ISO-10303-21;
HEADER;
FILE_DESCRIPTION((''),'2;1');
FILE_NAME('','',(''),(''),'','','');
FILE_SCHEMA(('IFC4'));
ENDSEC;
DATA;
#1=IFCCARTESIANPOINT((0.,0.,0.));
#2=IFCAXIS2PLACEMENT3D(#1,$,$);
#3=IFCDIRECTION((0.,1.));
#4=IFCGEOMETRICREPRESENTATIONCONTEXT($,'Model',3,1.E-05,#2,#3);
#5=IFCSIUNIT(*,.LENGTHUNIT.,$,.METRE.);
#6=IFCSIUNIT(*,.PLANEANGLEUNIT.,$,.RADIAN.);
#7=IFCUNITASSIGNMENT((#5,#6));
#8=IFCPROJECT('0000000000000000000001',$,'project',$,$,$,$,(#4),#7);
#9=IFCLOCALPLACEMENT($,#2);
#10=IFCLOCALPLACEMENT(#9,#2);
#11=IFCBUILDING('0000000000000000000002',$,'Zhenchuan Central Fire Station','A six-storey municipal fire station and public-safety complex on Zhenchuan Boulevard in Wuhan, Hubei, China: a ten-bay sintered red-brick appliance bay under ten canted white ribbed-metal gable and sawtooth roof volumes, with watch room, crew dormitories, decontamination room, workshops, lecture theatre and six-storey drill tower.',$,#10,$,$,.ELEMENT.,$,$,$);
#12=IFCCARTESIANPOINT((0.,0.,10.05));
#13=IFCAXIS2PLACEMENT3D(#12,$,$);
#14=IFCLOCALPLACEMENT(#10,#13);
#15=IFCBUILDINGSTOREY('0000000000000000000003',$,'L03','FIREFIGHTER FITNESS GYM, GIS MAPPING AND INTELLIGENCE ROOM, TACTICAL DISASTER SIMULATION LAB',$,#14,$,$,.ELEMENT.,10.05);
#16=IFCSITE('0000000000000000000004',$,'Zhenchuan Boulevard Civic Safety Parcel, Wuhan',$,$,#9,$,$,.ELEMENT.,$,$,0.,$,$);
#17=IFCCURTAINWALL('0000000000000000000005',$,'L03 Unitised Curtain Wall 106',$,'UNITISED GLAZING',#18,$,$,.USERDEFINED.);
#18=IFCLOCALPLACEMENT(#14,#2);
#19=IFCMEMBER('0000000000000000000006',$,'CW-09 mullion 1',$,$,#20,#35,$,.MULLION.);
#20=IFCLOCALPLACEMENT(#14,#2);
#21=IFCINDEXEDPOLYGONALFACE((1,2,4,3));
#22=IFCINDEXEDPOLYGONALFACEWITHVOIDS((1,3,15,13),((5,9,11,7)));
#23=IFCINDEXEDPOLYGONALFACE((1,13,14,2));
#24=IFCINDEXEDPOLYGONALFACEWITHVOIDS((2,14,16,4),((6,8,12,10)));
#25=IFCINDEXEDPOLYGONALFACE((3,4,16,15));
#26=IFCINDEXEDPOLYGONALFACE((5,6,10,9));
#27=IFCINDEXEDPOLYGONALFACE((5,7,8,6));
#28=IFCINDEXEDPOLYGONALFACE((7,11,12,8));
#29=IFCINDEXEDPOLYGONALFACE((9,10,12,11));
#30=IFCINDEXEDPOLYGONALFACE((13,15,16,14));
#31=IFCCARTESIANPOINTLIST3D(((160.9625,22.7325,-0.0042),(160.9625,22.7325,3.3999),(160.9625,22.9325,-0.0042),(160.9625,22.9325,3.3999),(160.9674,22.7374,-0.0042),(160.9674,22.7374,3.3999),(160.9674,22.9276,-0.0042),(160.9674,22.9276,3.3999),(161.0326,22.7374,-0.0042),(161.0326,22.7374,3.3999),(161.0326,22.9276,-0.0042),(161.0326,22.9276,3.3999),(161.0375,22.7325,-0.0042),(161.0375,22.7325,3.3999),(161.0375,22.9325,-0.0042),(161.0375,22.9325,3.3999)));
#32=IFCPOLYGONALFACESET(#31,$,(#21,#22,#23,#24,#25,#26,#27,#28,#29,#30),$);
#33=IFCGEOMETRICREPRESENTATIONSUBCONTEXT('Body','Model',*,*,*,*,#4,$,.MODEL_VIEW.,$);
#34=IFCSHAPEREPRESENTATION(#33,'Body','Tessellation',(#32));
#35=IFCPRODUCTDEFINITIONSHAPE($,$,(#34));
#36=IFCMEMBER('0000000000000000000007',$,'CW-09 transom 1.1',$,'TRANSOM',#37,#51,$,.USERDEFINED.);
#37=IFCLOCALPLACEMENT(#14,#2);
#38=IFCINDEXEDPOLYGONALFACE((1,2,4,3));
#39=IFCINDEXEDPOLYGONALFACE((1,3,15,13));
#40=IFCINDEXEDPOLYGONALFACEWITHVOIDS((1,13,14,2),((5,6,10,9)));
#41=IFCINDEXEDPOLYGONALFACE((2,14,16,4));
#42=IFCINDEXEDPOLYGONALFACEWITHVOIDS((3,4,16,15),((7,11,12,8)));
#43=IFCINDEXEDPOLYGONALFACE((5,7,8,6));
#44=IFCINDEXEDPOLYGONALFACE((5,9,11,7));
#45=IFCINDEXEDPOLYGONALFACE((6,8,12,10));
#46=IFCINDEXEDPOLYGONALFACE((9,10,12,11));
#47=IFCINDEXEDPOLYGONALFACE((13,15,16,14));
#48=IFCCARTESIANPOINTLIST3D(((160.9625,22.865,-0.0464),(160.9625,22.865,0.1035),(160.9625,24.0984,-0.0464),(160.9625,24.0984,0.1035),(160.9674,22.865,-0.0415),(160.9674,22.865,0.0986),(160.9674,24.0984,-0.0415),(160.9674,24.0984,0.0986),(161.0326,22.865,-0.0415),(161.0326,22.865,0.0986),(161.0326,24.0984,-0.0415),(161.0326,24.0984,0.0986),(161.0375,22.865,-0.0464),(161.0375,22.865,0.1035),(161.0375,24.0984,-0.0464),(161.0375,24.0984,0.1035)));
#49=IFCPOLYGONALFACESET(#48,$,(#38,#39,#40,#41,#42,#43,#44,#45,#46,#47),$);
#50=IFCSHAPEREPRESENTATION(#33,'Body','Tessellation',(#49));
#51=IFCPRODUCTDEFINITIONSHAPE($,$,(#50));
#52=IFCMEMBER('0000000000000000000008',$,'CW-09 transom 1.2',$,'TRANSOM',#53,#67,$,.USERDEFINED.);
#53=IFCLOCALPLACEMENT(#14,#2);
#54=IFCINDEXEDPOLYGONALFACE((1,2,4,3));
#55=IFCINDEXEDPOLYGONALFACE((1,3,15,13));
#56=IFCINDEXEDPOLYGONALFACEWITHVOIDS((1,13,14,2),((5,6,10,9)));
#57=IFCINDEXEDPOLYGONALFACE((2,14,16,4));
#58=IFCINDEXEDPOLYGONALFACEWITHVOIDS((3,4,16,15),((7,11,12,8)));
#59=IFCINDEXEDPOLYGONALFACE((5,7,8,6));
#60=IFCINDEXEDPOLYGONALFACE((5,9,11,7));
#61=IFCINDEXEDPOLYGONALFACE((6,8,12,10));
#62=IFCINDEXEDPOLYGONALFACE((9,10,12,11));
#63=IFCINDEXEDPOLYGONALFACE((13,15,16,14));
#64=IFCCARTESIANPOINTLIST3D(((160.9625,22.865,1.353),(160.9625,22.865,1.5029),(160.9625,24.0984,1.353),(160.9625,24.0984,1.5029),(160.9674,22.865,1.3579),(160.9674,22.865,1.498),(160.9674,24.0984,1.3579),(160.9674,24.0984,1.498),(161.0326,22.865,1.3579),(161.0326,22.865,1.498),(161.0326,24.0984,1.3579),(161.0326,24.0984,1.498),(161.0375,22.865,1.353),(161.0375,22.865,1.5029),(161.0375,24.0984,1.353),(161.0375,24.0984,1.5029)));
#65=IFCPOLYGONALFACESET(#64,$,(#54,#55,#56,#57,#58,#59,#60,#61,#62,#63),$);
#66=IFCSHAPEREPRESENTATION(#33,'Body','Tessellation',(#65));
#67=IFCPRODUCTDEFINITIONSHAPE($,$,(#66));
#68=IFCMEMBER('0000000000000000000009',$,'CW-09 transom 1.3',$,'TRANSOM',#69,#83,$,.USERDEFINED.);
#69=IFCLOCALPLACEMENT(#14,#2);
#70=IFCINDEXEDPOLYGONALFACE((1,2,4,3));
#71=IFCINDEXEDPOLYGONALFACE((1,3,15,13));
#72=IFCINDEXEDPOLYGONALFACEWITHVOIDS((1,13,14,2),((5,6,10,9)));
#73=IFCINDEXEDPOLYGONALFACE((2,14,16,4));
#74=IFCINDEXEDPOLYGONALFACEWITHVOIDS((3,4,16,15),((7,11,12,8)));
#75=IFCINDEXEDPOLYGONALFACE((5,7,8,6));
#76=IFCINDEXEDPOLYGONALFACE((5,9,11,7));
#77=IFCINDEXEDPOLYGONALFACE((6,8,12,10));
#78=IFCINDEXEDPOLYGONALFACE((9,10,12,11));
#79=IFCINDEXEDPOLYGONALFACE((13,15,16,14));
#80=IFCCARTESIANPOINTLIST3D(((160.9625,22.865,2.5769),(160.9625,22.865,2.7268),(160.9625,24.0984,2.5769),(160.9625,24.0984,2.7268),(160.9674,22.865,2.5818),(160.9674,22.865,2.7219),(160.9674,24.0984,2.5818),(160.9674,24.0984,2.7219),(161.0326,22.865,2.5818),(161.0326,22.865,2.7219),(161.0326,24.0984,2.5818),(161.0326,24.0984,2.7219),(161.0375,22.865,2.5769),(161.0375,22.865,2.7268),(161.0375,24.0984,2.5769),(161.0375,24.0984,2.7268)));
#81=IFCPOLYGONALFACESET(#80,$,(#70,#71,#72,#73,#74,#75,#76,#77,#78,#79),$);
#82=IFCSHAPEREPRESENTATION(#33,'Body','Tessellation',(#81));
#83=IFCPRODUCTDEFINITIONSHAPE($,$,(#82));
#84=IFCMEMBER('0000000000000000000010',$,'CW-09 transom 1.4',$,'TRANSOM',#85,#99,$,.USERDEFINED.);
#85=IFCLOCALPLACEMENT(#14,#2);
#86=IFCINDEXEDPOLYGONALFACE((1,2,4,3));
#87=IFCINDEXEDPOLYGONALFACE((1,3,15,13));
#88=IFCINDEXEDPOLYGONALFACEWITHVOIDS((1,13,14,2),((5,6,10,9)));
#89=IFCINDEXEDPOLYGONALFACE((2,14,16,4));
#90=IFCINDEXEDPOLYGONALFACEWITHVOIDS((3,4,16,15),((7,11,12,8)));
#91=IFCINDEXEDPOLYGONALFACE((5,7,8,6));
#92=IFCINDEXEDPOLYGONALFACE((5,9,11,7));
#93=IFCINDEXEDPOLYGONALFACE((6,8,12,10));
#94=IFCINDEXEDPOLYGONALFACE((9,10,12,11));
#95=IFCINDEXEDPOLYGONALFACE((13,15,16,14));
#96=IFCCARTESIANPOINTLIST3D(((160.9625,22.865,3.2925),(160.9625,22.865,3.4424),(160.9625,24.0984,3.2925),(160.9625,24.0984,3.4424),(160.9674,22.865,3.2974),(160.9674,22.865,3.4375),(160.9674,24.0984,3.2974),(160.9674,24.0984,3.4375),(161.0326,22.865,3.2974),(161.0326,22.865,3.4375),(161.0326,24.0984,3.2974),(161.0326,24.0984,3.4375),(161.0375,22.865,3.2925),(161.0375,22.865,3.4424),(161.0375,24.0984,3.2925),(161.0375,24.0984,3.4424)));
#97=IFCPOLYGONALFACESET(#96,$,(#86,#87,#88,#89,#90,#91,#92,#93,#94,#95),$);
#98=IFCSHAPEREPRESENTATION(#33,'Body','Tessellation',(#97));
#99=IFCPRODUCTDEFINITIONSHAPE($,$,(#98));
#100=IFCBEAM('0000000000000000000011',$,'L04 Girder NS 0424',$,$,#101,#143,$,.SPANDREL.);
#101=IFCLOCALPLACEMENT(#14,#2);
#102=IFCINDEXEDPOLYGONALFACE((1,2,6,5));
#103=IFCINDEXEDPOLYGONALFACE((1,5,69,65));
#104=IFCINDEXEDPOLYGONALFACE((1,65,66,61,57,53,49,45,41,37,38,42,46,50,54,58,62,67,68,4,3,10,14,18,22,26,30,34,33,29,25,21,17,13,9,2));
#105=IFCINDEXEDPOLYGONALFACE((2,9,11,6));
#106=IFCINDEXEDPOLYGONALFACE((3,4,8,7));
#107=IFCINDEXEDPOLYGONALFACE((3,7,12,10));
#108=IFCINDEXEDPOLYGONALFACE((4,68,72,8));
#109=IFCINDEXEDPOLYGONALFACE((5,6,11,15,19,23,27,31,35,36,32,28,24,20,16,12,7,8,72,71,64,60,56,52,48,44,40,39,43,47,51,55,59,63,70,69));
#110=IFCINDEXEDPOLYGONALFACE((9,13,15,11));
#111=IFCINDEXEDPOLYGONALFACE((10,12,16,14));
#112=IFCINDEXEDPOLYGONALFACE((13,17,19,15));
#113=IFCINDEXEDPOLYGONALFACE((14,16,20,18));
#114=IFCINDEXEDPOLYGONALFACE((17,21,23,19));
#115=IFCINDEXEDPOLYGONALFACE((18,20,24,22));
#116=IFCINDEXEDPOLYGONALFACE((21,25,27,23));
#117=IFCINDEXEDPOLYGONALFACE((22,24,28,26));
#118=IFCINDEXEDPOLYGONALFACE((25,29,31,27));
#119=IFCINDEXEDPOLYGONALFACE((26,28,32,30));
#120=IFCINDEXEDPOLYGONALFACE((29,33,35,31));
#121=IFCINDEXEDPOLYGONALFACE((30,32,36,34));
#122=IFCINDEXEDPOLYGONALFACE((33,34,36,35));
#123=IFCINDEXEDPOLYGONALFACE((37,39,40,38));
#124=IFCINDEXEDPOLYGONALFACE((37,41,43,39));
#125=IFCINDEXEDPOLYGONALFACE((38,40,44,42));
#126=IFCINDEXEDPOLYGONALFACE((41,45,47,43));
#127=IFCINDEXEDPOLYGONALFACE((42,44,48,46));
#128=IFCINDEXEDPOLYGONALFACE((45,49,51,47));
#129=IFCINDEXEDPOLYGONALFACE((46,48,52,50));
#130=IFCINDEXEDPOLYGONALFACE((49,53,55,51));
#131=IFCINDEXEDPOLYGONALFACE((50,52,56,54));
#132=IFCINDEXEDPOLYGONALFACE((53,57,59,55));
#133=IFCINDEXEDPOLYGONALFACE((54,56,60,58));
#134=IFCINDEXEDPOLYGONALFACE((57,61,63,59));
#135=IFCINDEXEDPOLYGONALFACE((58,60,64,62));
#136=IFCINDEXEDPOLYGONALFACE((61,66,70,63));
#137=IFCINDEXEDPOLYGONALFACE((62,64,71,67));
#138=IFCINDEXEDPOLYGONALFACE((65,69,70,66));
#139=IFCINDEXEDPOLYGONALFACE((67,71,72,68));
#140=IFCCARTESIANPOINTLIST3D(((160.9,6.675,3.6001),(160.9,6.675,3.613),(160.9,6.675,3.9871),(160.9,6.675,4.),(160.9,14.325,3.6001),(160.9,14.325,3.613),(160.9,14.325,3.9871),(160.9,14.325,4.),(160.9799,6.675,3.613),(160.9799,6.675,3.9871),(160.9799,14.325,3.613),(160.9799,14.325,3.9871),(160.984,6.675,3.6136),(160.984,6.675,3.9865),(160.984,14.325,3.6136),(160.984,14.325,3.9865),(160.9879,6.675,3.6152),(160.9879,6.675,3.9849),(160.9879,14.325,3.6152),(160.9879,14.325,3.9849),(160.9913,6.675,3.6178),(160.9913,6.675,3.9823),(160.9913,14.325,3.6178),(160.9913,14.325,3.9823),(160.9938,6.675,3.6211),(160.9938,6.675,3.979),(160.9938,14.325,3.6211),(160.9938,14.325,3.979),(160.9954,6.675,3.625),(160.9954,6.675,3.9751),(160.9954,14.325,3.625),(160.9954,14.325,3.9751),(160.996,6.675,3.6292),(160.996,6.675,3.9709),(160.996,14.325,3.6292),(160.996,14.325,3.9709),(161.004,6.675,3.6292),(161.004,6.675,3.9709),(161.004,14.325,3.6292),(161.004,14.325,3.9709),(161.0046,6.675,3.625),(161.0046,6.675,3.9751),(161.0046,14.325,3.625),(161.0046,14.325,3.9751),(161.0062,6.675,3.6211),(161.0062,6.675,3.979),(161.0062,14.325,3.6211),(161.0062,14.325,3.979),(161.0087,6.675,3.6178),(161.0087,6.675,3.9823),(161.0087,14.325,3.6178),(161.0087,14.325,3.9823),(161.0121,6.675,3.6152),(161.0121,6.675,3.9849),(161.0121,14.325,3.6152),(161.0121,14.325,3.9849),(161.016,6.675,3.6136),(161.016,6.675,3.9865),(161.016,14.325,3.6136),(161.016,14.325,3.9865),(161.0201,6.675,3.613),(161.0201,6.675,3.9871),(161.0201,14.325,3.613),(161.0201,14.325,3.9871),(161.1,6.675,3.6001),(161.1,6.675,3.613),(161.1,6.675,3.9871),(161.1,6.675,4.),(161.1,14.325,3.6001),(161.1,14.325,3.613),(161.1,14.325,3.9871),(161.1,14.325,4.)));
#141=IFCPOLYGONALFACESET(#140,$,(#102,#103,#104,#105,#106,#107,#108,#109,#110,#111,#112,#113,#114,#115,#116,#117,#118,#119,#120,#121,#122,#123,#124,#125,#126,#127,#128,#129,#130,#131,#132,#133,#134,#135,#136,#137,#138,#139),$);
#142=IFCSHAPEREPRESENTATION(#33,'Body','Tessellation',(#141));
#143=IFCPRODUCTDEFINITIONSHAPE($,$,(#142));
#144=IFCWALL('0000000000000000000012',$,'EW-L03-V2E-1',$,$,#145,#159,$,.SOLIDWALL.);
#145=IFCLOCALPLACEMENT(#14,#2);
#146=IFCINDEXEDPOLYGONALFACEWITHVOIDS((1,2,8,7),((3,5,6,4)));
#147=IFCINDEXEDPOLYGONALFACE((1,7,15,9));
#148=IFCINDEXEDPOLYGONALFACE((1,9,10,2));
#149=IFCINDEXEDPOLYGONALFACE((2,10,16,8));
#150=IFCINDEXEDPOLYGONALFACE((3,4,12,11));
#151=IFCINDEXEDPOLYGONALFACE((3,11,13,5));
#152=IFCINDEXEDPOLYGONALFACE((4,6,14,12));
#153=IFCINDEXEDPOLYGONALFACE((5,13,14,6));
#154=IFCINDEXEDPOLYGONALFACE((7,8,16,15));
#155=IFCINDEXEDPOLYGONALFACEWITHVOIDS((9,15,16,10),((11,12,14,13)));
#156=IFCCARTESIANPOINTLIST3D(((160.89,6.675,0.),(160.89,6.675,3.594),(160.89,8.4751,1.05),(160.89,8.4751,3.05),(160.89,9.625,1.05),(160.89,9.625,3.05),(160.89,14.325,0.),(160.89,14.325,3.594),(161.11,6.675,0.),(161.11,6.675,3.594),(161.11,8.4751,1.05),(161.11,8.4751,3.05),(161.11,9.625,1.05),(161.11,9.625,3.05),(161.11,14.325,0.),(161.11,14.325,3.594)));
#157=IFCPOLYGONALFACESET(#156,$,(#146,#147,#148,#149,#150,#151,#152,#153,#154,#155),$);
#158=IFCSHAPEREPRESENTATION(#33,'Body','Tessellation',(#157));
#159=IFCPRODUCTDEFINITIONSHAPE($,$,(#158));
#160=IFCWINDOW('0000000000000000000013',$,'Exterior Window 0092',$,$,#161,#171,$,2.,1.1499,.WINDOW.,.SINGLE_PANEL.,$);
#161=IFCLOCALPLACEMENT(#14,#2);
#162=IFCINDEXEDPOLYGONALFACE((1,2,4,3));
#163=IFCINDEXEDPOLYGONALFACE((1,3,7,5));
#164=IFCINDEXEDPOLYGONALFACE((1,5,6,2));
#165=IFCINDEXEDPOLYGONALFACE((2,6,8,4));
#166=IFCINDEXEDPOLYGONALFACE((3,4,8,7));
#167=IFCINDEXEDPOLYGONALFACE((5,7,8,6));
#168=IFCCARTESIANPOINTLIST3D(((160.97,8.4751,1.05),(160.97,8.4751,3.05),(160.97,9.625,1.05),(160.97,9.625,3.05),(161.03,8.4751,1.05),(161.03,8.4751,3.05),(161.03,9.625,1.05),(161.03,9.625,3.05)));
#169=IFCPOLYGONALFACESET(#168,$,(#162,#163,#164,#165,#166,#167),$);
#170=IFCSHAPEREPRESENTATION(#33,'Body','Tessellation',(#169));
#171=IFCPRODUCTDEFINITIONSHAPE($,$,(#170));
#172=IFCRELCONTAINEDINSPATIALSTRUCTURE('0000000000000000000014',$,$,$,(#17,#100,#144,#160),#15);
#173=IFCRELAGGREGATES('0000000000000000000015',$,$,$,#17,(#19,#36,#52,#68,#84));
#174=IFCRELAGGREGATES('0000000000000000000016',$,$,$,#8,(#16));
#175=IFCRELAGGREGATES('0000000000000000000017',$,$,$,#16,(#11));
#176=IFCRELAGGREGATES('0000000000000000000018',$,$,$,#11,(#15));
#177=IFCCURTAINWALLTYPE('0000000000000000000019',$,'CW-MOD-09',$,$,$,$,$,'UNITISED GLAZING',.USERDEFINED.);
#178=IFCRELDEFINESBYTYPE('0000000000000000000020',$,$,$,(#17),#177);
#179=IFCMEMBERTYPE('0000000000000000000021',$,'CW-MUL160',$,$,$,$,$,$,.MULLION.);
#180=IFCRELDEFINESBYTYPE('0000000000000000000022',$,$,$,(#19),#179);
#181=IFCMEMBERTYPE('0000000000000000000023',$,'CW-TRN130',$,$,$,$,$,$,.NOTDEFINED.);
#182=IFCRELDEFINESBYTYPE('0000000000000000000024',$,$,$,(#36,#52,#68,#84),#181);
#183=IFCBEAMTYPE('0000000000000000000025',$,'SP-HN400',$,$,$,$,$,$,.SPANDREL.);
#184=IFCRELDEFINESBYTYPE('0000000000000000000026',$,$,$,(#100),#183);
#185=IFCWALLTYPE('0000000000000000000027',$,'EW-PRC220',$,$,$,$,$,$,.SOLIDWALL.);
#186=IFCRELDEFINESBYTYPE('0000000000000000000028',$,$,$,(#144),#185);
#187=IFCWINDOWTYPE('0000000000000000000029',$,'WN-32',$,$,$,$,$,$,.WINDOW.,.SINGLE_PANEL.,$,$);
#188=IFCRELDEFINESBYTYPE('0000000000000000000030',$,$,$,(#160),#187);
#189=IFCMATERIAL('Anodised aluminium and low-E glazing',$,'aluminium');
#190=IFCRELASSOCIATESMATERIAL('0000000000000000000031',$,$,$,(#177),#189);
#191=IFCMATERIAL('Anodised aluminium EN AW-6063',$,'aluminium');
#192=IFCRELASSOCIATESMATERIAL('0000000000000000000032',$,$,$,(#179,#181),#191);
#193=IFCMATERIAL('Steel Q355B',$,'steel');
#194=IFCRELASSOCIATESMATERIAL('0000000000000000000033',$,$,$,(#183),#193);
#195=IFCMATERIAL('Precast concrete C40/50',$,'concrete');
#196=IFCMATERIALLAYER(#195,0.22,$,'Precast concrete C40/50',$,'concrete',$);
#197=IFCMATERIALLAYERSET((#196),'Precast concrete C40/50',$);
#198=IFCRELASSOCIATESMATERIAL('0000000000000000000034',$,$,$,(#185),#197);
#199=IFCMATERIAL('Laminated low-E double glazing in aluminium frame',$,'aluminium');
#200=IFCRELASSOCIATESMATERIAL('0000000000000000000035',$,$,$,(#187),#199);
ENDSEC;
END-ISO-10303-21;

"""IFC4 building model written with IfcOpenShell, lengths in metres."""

from ifc_helpers import new_model, si_unit, direction, frame, frame_2d, origin, origin_2d, place, context, subcontext, project, spatial, rectangle, hollow_rectangle, i_section, extrude, material, layer, layer_set, material_profile, profile_set, type_object, element, fill, aggregate, save


model = new_model("IFC4")

# Units and contexts
model_context = context("Model", 3, precision=1e-05, world=origin(), true_north=direction((0.0, 1.0)))
body_context = subcontext(model_context, "Body", "Model", "MODEL_VIEW")
ifc_project = project(units=[si_unit("LENGTHUNIT", "METRE"), si_unit("PLANEANGLEUNIT", "RADIAN")], contexts=[model_context])

# Site, building, storey
site_placement = place(None, origin())
site = spatial("IfcSite", under=ifc_project, at=site_placement, Name="Zhenchuan Boulevard Civic Safety Parcel, Wuhan", CompositionType="ELEMENT", RefElevation=0.0)
building_placement = place(site_placement, origin())
building = spatial("IfcBuilding", under=site, at=building_placement, Name="Zhenchuan Central Fire Station", Description="A six-storey municipal fire station and public-safety complex on Zhenchuan Boulevard in Wuhan, Hubei, China: a ten-bay sintered red-brick appliance bay under ten canted white ribbed-metal gable and sawtooth roof volumes, with watch room, crew dormitories, decontamination room, workshops, lecture theatre and six-storey drill tower.", CompositionType="ELEMENT")
storey_placement = place(building_placement, frame((0.0, 0.0, 10.05)))
storey = spatial("IfcBuildingStorey", under=building, at=storey_placement, Name="L03", Description="FIREFIGHTER FITNESS GYM, GIS MAPPING AND INTELLIGENCE ROOM, TACTICAL DISASTER SIMULATION LAB", CompositionType="ELEMENT", Elevation=10.05)

# Shared definitions
ifc_material_1 = material(Name="Steel Q355B", Category="steel")

# Curtain wall, members
ifc_material_2 = material(Name="Anodised aluminium and low-E glazing", Category="aluminium")
curtain_wall_type = type_object("IfcCurtainWallType", Name="CW-MOD-09", ElementType="UNITISED GLAZING", PredefinedType="USERDEFINED", material=ifc_material_2)
curtain_wall_placement = place(storey_placement, origin())
curtain_wall = element("IfcCurtainWall", 1, at=curtain_wall_placement, inside=storey, type_object=curtain_wall_type, Name="L03 Unitised Curtain Wall 106", ObjectType="UNITISED GLAZING", PredefinedType="USERDEFINED")
ifc_material_3 = material(Name="Anodised aluminium EN AW-6063", Category="aluminium")
ifc_material_profile_1 = material_profile(ifc_material_3, hollow_rectangle(XDim=0.075, YDim=0.2, WallThickness=0.0049, at=origin_2d()), Name="ALU-M 200x75")
ifc_profile_set_1 = profile_set([ifc_material_profile_1], Name="Anodised aluminium EN AW-6063")
member_type_1 = type_object("IfcMemberType", Name="CW-MUL160", PredefinedType="MULLION", material=ifc_profile_set_1)
member_1_placement = place(storey_placement, frame((161.0, 22.8325, -0.0042), z_axis=(0.0, 0.0, 1.0), x_axis=(-1.0, 0.0, 0.0)))
member_1 = element("IfcMember", 2, at=member_1_placement, type_object=member_type_1, Name="CW-09 mullion 1", PredefinedType="MULLION", context=body_context, shape_type="SweptSolid", body=[
    extrude(hollow_rectangle(XDim=0.075, YDim=0.2, WallThickness=0.0049, at=origin_2d()), origin(), (0.0, 0.0, 1.0), 3.4041),
])
ifc_material_profile_2 = material_profile(ifc_material_3, hollow_rectangle(XDim=0.075, YDim=0.1499, WallThickness=0.0049, at=origin_2d()), Name="ALU-T 150x75")
ifc_profile_set_2 = profile_set([ifc_material_profile_2], Name="Anodised aluminium EN AW-6063")
member_type_2 = type_object("IfcMemberType", Name="CW-TRN130", PredefinedType="NOTDEFINED", material=ifc_profile_set_2)
member_2_placement = place(storey_placement, frame((161.0, 22.865, 0.0286), z_axis=(0.0, 1.0, 0.0), x_axis=(-1.0, 0.0, 0.0)))
member_2 = element("IfcMember", 3, at=member_2_placement, type_object=member_type_2, Name="CW-09 transom 1.1", ObjectType="TRANSOM", PredefinedType="USERDEFINED", context=body_context, shape_type="SweptSolid", body=[
    extrude(hollow_rectangle(XDim=0.075, YDim=0.1499, WallThickness=0.0049, at=origin_2d()), origin(), (0.0, 0.0, 1.0), 1.2334),
])
member_3_placement = place(storey_placement, frame((161.0, 22.865, 1.428), z_axis=(0.0, 1.0, 0.0), x_axis=(-1.0, 0.0, 0.0)))
member_3 = element("IfcMember", 4, at=member_3_placement, type_object=member_type_2, Name="CW-09 transom 1.2", ObjectType="TRANSOM", PredefinedType="USERDEFINED", context=body_context, shape_type="SweptSolid", body=[
    extrude(hollow_rectangle(XDim=0.075, YDim=0.1499, WallThickness=0.0049, at=origin_2d()), origin(), (0.0, 0.0, 1.0), 1.2334),
])
member_4_placement = place(storey_placement, frame((161.0, 22.865, 2.6519), z_axis=(0.0, 1.0, 0.0), x_axis=(-1.0, 0.0, 0.0)))
member_4 = element("IfcMember", 5, at=member_4_placement, type_object=member_type_2, Name="CW-09 transom 1.3", ObjectType="TRANSOM", PredefinedType="USERDEFINED", context=body_context, shape_type="SweptSolid", body=[
    extrude(hollow_rectangle(XDim=0.075, YDim=0.1499, WallThickness=0.0049, at=origin_2d()), origin(), (0.0, 0.0, 1.0), 1.2334),
])
member_5_placement = place(storey_placement, frame((161.0, 22.865, 3.3674), z_axis=(0.0, 1.0, 0.0), x_axis=(-1.0, 0.0, 0.0)))
member_5 = element("IfcMember", 6, at=member_5_placement, type_object=member_type_2, Name="CW-09 transom 1.4", ObjectType="TRANSOM", PredefinedType="USERDEFINED", context=body_context, shape_type="SweptSolid", body=[
    extrude(hollow_rectangle(XDim=0.075, YDim=0.1499, WallThickness=0.0049, at=origin_2d()), origin(), (0.0, 0.0, 1.0), 1.2334),
])
aggregate(curtain_wall, [member_1, member_2, member_3, member_4, member_5])

# Beam
ifc_material_profile_3 = material_profile(ifc_material_1, i_section(OverallWidth=0.2, OverallDepth=0.3999, WebThickness=0.0081, FlangeThickness=0.0129, FilletRadius=0.0161, at=origin_2d()), Name="HN 400x200")
ifc_profile_set_3 = profile_set([ifc_material_profile_3], Name="Steel Q355B")
beam_type_1 = type_object("IfcBeamType", Name="SP-HN400", PredefinedType="SPANDREL", material=ifc_profile_set_3)
beam_1_placement = place(storey_placement, frame((161.0, 6.675, 3.8), z_axis=(0.0, 1.0, 0.0), x_axis=(-1.0, 0.0, 0.0)))
element("IfcBeam", 7, at=beam_1_placement, inside=storey, type_object=beam_type_1, Name="L04 Girder NS 0424", PredefinedType="SPANDREL", context=body_context, shape_type="SweptSolid", body=[
    extrude(i_section(OverallWidth=0.2, OverallDepth=0.3999, WebThickness=0.0081, FlangeThickness=0.0129, FilletRadius=0.0161, at=origin_2d()), origin(), (0.0, 0.0, 1.0), 7.6499),
])

# Wall, opening, window
ifc_material_4 = material(Name="Precast concrete C40/50", Category="concrete")
ifc_layer_1 = layer(ifc_material_4, 0.22, Name="Precast concrete C40/50", Category="concrete")
ifc_layer_set_1 = layer_set([ifc_layer_1], Name="Precast concrete C40/50")
wall_type_1 = type_object("IfcWallType", Name="EW-PRC220", PredefinedType="SOLIDWALL", material=ifc_layer_set_1)
wall_1_placement = place(storey_placement, frame((161.0, 6.675, 0.0), z_axis=(0.0, 0.0, 1.0), x_axis=(0.0, 1.0, 0.0)))
wall_1 = element("IfcWall", 8, at=wall_1_placement, inside=storey, type_object=wall_type_1, Name="EW-L03-V2E-1", PredefinedType="SOLIDWALL", context=body_context, shape_type="SweptSolid", body=[
    extrude(rectangle(XDim=7.6499, YDim=0.22, at=frame_2d((3.825, 0.0))), origin(), (0.0, 0.0, 1.0), 3.594),
])
opening_1_placement = place(wall_1_placement, frame((1.8, 0.0, 1.05)))
opening_1 = element("IfcOpeningElement", 9, at=opening_1_placement, cuts=wall_1, PredefinedType="OPENING", context=body_context, shape_type="SweptSolid", body=[
    extrude(rectangle(XDim=1.1499, YDim=2.0, at=frame_2d((0.575, 1.0))), frame((0.0, 0.1199, 0.0), z_axis=(0.0, -1.0, 0.0), x_axis=(1.0, 0.0, 0.0)), (0.0, 0.0, 1.0), 0.24),
])
ifc_material_5 = material(Name="Laminated low-E double glazing in aluminium frame", Category="aluminium")
window_type_1 = type_object("IfcWindowType", Name="WN-32", PartitioningType="SINGLE_PANEL", PredefinedType="WINDOW", material=ifc_material_5)
window_1_placement = place(opening_1_placement, origin())
window_1 = element("IfcWindow", 10, at=window_1_placement, inside=storey, type_object=window_type_1, Name="Exterior Window 0092", OverallHeight=2.0, OverallWidth=1.1499, PartitioningType="SINGLE_PANEL", PredefinedType="WINDOW", context=body_context, shape_type="SweptSolid", body=[
    extrude(rectangle(XDim=1.1499, YDim=2.0, at=frame_2d((0.575, 1.0))), frame((0.0, 0.03, 0.0), z_axis=(0.0, -1.0, 0.0), x_axis=(1.0, 0.0, 0.0)), (0.0, 0.0, 1.0), 0.0601),
])
fill(opening_1, window_1)

save(model, "model.ifc")
